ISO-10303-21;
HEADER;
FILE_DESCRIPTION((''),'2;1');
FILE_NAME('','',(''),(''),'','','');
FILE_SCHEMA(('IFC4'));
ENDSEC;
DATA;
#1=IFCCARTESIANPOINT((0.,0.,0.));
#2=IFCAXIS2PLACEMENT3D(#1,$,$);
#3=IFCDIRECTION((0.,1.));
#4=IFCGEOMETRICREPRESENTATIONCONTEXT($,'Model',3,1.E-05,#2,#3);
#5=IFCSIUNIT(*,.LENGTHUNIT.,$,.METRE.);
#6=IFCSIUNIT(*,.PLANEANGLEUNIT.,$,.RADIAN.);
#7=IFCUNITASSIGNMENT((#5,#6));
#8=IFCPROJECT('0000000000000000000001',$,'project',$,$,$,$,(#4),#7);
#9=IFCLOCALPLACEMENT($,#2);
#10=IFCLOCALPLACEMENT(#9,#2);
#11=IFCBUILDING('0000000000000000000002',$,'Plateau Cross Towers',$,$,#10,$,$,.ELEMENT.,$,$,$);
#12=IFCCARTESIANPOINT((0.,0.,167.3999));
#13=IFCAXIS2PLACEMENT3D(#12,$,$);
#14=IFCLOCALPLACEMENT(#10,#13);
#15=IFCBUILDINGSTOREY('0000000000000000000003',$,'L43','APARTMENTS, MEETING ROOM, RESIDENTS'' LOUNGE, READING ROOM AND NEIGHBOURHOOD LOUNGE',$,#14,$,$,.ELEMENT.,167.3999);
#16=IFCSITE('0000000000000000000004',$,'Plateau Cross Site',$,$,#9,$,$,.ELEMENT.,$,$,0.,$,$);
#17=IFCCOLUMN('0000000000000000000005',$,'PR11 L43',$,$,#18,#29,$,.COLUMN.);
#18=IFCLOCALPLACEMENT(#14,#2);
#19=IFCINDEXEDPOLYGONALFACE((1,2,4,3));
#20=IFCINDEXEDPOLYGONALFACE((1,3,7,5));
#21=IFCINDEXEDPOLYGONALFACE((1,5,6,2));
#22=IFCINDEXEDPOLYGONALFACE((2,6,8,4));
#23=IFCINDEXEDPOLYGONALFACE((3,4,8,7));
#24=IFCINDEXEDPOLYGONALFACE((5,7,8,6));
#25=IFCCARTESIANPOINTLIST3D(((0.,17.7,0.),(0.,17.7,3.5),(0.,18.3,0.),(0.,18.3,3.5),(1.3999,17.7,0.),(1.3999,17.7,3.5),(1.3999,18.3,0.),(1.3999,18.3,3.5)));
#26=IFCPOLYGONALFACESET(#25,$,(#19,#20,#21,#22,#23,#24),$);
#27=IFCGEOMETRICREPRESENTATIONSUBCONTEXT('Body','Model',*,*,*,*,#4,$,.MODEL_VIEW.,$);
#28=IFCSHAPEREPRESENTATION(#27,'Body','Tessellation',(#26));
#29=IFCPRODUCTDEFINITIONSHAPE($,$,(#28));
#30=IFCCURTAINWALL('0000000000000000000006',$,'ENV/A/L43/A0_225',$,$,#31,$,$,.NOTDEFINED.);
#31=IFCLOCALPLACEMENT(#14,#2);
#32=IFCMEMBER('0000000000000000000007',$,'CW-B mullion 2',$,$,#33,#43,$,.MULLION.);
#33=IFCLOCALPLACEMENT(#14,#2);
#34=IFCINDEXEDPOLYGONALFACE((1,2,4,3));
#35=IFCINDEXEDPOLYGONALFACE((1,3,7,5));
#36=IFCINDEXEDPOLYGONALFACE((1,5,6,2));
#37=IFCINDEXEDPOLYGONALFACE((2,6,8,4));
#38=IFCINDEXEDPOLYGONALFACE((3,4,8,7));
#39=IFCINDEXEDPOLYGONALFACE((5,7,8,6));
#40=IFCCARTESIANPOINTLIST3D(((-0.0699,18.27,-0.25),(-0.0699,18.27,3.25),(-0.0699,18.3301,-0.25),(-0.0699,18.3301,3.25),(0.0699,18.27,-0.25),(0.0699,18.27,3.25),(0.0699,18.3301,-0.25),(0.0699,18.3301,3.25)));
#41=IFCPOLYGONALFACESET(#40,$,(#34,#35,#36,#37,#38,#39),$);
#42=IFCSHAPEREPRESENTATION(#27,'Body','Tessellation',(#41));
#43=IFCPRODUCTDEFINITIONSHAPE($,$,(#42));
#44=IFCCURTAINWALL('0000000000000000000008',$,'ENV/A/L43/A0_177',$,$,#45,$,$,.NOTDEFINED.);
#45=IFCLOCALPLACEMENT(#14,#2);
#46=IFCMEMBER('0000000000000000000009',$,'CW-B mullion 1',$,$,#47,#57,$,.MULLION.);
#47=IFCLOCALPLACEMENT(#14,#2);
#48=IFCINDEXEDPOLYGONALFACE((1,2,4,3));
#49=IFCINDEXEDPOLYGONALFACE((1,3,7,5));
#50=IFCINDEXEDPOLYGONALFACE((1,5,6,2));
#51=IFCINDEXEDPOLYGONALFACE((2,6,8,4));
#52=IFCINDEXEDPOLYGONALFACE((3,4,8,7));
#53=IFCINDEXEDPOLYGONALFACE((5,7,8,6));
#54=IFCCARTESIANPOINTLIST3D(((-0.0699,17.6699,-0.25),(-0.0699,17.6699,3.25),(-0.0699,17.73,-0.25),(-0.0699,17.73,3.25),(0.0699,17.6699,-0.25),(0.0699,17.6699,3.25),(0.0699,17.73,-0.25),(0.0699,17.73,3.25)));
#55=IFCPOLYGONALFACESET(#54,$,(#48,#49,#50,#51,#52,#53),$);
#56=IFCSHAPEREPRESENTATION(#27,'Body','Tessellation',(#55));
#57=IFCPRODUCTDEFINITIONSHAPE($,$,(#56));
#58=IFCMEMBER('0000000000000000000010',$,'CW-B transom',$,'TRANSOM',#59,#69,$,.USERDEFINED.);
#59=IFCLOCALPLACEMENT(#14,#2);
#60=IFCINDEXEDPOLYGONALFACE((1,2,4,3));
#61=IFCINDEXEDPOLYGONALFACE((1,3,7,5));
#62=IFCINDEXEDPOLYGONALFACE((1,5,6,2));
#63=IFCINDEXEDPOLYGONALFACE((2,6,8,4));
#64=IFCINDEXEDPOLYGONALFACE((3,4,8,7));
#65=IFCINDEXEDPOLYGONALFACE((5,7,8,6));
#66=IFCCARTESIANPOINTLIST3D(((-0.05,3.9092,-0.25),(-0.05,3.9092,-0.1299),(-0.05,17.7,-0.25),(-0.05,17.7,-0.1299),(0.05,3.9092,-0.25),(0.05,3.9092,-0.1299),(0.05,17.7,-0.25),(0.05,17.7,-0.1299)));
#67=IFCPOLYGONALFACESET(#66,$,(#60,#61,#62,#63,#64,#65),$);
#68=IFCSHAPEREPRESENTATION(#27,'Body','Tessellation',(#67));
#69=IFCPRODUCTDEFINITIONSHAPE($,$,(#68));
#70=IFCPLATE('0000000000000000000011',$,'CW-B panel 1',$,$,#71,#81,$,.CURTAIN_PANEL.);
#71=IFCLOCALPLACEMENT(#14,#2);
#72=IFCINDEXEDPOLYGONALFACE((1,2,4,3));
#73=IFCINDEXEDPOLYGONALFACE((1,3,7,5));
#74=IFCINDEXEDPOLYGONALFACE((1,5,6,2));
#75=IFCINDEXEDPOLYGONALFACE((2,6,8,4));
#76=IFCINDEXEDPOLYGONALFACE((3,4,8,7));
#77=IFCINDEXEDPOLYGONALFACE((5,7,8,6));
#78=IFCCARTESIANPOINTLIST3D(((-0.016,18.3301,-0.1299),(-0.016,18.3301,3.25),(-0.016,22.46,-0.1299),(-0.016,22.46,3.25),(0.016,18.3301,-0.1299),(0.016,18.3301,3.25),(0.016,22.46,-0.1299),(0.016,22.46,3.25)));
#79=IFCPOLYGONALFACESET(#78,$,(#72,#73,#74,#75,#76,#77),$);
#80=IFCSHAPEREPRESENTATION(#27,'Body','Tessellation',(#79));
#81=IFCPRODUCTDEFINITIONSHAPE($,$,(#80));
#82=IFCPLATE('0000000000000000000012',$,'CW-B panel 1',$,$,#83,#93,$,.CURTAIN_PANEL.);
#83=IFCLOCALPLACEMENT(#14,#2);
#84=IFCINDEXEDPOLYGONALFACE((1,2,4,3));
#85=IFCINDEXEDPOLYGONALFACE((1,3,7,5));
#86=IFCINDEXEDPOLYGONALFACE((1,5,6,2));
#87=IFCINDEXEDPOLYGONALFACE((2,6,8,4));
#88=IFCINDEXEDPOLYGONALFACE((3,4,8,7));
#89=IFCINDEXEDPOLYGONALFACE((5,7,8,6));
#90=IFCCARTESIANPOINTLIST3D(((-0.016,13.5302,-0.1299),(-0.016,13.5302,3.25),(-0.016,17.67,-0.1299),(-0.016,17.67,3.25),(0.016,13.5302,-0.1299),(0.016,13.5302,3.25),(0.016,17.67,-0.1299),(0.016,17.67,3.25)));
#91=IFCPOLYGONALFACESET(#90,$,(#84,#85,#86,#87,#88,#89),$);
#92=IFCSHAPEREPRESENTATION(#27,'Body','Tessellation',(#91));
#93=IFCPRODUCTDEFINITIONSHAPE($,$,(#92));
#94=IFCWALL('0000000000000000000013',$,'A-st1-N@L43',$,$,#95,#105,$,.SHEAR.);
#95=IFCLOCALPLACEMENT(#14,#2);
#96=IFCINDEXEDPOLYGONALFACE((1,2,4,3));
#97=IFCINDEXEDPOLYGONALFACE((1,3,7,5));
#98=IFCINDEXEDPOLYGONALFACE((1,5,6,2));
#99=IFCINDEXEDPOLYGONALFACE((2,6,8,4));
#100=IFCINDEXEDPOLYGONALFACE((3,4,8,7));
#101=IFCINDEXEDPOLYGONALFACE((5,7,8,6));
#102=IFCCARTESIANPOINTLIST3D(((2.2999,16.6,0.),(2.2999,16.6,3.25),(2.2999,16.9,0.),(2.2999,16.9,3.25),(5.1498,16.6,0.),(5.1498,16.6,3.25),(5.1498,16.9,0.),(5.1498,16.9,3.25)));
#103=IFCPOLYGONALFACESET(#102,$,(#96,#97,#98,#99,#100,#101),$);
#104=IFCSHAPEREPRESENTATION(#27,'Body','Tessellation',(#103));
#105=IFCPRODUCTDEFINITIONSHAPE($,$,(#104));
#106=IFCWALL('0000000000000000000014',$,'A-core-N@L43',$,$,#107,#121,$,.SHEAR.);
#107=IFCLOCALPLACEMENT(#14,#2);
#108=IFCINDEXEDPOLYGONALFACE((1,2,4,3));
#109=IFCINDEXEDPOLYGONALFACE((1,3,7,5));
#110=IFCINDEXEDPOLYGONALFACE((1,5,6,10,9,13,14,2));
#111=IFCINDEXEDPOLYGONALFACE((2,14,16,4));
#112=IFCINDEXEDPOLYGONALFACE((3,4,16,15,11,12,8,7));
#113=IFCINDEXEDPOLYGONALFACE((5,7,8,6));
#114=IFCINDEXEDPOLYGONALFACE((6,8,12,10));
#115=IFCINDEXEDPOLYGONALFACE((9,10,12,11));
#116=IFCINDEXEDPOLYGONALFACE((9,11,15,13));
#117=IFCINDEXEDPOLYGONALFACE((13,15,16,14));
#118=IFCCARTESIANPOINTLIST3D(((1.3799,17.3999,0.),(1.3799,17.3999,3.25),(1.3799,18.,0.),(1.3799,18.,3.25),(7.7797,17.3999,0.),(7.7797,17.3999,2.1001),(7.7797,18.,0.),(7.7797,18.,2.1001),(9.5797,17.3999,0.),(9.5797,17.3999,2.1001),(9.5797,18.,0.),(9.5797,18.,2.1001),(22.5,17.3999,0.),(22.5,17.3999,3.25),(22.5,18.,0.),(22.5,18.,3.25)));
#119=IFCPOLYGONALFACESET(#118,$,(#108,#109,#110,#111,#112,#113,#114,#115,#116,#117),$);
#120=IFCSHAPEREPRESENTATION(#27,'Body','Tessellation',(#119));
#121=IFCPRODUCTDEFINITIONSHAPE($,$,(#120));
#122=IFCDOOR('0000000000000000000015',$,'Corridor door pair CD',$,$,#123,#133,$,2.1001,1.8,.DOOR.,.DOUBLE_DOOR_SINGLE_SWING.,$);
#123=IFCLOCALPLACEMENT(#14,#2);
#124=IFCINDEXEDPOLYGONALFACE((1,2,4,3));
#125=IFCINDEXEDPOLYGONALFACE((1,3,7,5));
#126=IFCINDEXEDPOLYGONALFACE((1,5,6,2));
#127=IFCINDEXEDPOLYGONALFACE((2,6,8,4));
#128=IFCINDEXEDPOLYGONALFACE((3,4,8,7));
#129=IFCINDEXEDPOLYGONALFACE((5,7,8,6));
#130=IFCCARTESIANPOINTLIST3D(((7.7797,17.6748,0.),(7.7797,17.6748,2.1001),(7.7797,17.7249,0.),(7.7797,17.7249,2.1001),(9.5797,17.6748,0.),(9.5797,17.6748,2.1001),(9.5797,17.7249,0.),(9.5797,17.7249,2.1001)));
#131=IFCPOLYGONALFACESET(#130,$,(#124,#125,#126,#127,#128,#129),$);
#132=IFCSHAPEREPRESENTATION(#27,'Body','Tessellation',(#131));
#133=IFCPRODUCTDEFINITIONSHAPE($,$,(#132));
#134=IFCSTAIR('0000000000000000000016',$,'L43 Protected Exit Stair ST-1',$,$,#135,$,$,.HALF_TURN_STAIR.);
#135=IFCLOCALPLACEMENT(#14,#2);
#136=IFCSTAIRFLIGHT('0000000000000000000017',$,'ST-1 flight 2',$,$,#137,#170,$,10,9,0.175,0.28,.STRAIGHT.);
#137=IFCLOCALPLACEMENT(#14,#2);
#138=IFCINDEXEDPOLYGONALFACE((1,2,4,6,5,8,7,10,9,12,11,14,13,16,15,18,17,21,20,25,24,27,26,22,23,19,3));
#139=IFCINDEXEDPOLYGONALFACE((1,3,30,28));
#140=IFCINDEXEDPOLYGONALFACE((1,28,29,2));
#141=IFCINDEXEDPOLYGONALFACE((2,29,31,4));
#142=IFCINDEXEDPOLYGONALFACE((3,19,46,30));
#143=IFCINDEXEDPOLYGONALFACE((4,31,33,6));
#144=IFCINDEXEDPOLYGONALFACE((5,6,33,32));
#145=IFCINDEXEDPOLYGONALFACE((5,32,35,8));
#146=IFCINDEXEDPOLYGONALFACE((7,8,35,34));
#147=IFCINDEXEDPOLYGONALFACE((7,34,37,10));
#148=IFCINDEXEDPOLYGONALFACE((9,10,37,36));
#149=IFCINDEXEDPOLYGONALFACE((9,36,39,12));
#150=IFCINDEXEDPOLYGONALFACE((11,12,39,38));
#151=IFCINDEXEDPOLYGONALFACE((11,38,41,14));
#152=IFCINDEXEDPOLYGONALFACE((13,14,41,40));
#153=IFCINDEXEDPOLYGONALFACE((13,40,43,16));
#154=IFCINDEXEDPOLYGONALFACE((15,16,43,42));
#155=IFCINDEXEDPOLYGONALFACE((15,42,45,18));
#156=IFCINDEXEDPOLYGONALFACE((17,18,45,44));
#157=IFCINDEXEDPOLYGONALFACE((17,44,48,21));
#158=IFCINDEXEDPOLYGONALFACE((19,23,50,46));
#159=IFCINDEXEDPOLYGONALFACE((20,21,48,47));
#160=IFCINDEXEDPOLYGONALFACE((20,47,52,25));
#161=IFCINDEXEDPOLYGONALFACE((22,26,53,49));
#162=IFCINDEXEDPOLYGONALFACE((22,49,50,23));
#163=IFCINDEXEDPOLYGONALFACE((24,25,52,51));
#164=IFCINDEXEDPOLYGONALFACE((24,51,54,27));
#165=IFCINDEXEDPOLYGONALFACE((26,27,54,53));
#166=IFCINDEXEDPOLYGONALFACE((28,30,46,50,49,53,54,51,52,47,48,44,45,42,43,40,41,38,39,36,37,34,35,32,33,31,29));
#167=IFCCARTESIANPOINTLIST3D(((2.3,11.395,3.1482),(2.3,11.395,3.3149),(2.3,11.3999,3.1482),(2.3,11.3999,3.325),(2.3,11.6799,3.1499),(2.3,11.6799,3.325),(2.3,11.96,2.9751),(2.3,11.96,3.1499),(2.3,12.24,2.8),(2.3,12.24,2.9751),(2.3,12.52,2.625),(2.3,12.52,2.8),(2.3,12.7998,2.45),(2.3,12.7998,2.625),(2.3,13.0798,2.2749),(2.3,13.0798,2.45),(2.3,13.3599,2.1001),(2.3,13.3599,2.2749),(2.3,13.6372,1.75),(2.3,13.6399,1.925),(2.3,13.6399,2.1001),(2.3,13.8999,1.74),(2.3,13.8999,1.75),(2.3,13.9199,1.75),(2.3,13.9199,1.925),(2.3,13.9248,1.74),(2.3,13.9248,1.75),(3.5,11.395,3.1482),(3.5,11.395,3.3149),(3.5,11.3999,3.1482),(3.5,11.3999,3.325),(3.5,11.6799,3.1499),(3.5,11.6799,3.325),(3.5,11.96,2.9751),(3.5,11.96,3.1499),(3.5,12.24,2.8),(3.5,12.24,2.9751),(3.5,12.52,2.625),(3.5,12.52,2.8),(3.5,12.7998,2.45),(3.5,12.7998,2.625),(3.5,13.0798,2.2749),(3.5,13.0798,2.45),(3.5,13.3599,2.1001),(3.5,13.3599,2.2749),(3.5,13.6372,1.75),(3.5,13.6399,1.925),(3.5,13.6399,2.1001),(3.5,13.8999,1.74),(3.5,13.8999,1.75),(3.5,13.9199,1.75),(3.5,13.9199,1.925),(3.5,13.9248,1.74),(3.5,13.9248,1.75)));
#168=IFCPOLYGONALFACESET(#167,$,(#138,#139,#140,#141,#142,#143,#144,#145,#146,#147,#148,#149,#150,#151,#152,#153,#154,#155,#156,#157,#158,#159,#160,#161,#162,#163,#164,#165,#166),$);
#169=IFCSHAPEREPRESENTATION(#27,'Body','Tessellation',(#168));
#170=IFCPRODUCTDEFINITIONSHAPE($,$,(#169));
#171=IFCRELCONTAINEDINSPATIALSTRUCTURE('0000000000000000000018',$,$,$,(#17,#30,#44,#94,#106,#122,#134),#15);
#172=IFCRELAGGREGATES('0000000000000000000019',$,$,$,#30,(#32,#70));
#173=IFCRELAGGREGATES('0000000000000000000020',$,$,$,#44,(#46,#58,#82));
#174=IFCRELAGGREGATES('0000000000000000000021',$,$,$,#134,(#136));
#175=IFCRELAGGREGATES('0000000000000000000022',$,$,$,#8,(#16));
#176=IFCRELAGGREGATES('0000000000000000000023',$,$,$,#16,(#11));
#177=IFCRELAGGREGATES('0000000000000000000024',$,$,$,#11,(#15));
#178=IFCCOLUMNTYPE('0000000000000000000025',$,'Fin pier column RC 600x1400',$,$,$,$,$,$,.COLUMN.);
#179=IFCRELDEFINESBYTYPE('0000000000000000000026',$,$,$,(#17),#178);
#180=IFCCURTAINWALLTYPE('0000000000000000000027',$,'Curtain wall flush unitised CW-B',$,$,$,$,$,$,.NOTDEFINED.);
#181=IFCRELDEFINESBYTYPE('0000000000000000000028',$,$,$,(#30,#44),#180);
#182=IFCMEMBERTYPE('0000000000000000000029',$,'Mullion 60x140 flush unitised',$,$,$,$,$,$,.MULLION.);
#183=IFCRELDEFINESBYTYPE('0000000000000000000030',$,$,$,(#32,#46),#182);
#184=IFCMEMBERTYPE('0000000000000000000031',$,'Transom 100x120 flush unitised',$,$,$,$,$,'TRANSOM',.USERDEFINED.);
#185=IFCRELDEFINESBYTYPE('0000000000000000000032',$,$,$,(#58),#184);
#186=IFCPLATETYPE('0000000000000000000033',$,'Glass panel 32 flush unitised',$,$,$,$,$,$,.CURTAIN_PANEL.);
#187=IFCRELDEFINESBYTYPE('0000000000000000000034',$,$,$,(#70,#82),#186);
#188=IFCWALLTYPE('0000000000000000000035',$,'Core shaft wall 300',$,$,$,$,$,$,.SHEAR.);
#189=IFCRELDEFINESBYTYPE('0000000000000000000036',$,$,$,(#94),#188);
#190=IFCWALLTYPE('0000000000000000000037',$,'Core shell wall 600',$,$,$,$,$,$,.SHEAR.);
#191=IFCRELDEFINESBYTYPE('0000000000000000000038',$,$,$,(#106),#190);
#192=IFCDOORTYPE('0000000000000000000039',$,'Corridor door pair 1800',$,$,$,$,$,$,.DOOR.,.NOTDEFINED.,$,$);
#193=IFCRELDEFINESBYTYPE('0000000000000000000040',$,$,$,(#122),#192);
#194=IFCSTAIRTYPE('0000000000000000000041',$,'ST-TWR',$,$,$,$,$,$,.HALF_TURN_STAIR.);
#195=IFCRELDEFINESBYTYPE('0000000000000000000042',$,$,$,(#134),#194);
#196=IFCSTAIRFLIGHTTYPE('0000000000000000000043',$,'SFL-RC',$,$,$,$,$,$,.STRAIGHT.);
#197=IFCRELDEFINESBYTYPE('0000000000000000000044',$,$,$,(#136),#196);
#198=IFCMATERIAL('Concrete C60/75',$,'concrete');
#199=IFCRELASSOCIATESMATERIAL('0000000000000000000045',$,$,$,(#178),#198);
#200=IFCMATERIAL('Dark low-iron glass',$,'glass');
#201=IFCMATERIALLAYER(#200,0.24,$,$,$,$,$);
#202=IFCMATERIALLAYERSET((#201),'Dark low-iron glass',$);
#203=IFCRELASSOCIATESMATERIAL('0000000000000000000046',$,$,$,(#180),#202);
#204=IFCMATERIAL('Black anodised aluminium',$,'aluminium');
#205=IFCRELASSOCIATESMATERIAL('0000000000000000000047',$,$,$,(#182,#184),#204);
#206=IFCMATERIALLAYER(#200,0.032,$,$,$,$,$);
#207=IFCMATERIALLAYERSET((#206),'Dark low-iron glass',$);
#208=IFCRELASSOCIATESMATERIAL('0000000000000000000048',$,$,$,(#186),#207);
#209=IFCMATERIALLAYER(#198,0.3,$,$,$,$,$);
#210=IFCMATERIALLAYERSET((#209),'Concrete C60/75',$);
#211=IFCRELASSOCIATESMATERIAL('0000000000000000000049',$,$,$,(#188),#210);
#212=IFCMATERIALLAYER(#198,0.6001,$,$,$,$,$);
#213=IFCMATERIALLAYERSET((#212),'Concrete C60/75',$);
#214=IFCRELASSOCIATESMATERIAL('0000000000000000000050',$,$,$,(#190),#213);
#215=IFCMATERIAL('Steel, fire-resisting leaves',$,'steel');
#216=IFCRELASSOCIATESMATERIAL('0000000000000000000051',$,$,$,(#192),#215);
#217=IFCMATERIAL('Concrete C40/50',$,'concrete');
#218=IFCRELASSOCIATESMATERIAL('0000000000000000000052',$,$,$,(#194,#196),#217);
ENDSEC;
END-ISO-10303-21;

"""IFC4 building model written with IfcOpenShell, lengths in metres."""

from ifc_helpers import new_model, si_unit, direction, frame, frame_2d, origin, origin_2d, place, context, subcontext, project, spatial, polyline, rectangle, outline, extrude, material, layer, layer_set, material_profile, profile_set, type_object, element, fill, aggregate, save


model = new_model("IFC4")

# Units and contexts
model_context = context("Model", 3, precision=1e-05, world=origin(), true_north=direction((0.0, 1.0)))
body_context = subcontext(model_context, "Body", "Model", "MODEL_VIEW")
ifc_project = project(units=[si_unit("LENGTHUNIT", "METRE"), si_unit("PLANEANGLEUNIT", "RADIAN")], contexts=[model_context])

# Site, building, storey
site_placement = place(None, origin())
site = spatial("IfcSite", under=ifc_project, at=site_placement, Name="Plateau Cross Site", CompositionType="ELEMENT", RefElevation=0.0)
building_placement = place(site_placement, origin())
building = spatial("IfcBuilding", under=site, at=building_placement, Name="Plateau Cross Towers", CompositionType="ELEMENT")
storey_placement = place(building_placement, frame((0.0, 0.0, 167.3999)))
storey = spatial("IfcBuildingStorey", under=building, at=storey_placement, Name="L43", Description="APARTMENTS, MEETING ROOM, RESIDENTS' LOUNGE, READING ROOM AND NEIGHBOURHOOD LOUNGE", CompositionType="ELEMENT", Elevation=167.3999)

# Column
ifc_material_1 = material(Name="Concrete C60/75", Category="concrete")
ifc_material_profile_1 = material_profile(ifc_material_1, rectangle(XDim=0.6001, YDim=1.3999, at=origin_2d()), Name="RC 600x1400")
ifc_profile_set_1 = profile_set([ifc_material_profile_1], Name="Concrete C60/75")
column_type = type_object("IfcColumnType", Name="Fin pier column RC 600x1400", PredefinedType="COLUMN", material=ifc_profile_set_1)
column_placement = place(storey_placement, frame((0.7, 18.0, 0.0), z_axis=(0.0, 0.0, 1.0), x_axis=(0.0, 1.0, 0.0)))
element("IfcColumn", 1, at=column_placement, inside=storey, type_object=column_type, Name="PR11 L43", PredefinedType="COLUMN", context=body_context, shape_type="SweptSolid", body=[
    extrude(rectangle(XDim=0.6001, YDim=1.3999, at=origin_2d()), origin(), (0.0, 0.0, 1.0), 3.5),
])

# Curtain wall, member
ifc_material_2 = material(Name="Dark low-iron glass", Category="glass")
ifc_layer_1 = layer(ifc_material_2, 0.24)
ifc_layer_set_1 = layer_set([ifc_layer_1], Name="Dark low-iron glass")
curtain_wall_type = type_object("IfcCurtainWallType", Name="Curtain wall flush unitised CW-B", PredefinedType="NOTDEFINED", material=ifc_layer_set_1)
curtain_wall_1_placement = place(storey_placement, origin())
curtain_wall_1 = element("IfcCurtainWall", 2, at=curtain_wall_1_placement, inside=storey, type_object=curtain_wall_type, Name="ENV/A/L43/A0_225", PredefinedType="NOTDEFINED")
ifc_material_3 = material(Name="Black anodised aluminium", Category="aluminium")
ifc_material_profile_2 = material_profile(ifc_material_3, rectangle(XDim=0.0601, YDim=0.1399, at=origin_2d()), Name="MULLION 60x140")
ifc_profile_set_2 = profile_set([ifc_material_profile_2], Name="Black anodised aluminium")
member_type_1 = type_object("IfcMemberType", Name="Mullion 60x140 flush unitised", PredefinedType="MULLION", material=ifc_profile_set_2)
member_1_placement = place(storey_placement, frame((0.0, 18.3, -0.25), z_axis=(0.0, 0.0, 1.0), x_axis=(0.0, -1.0, 0.0)))
member_1 = element("IfcMember", 3, at=member_1_placement, type_object=member_type_1, Name="CW-B mullion 2", PredefinedType="MULLION", context=body_context, shape_type="SweptSolid", body=[
    extrude(rectangle(XDim=0.0601, YDim=0.1399, at=origin_2d()), origin(), (0.0, 0.0, 1.0), 3.5),
])

# Curtain wall, members
curtain_wall_2_placement = place(storey_placement, origin())
curtain_wall_2 = element("IfcCurtainWall", 4, at=curtain_wall_2_placement, inside=storey, type_object=curtain_wall_type, Name="ENV/A/L43/A0_177", PredefinedType="NOTDEFINED")
member_2_placement = place(storey_placement, frame((0.0, 17.7, -0.25), z_axis=(0.0, 0.0, 1.0), x_axis=(0.0, -1.0, 0.0)))
member_2 = element("IfcMember", 5, at=member_2_placement, type_object=member_type_1, Name="CW-B mullion 1", PredefinedType="MULLION", context=body_context, shape_type="SweptSolid", body=[
    extrude(rectangle(XDim=0.0601, YDim=0.1399, at=origin_2d()), origin(), (0.0, 0.0, 1.0), 3.5),
])
ifc_material_profile_3 = material_profile(ifc_material_3, rectangle(XDim=0.1001, YDim=0.1201, at=origin_2d()), Name="TRANSOM 100x120")
ifc_profile_set_3 = profile_set([ifc_material_profile_3], Name="Black anodised aluminium")
member_type_2 = type_object("IfcMemberType", Name="Transom 100x120 flush unitised", ElementType="TRANSOM", PredefinedType="USERDEFINED", material=ifc_profile_set_3)
member_3_placement = place(storey_placement, frame((0.0, 17.7, -0.1899), z_axis=(0.0, -1.0, 0.0), x_axis=(1.0, 0.0, 0.0)))
member_3 = element("IfcMember", 6, at=member_3_placement, type_object=member_type_2, Name="CW-B transom", ObjectType="TRANSOM", PredefinedType="USERDEFINED", context=body_context, shape_type="SweptSolid", body=[
    extrude(rectangle(XDim=0.1001, YDim=0.1201, at=origin_2d()), origin(), (0.0, 0.0, 1.0), 13.7908),
])

# Plates
ifc_layer_2 = layer(ifc_material_2, 0.032)
ifc_layer_set_2 = layer_set([ifc_layer_2], Name="Dark low-iron glass")
plate_type = type_object("IfcPlateType", Name="Glass panel 32 flush unitised", PredefinedType="CURTAIN_PANEL", material=ifc_layer_set_2)
plate_1_placement = place(storey_placement, frame((0.0, 20.395, -0.1299), z_axis=(0.0, 0.0, 1.0), x_axis=(0.0, -1.0, 0.0)))
plate_1 = element("IfcPlate", 7, at=plate_1_placement, type_object=plate_type, Name="CW-B panel 1", PredefinedType="CURTAIN_PANEL", context=body_context, shape_type="SweptSolid", body=[
    extrude(rectangle(XDim=4.1299, YDim=0.032, at=origin_2d()), origin(), (0.0, 0.0, 1.0), 3.3799),
])
aggregate(curtain_wall_1, [member_1, plate_1])
plate_2_placement = place(storey_placement, frame((0.0, 15.6001, -0.1299), z_axis=(0.0, 0.0, 1.0), x_axis=(0.0, -1.0, 0.0)))
plate_2 = element("IfcPlate", 8, at=plate_2_placement, type_object=plate_type, Name="CW-B panel 1", PredefinedType="CURTAIN_PANEL", context=body_context, shape_type="SweptSolid", body=[
    extrude(rectangle(XDim=4.1399, YDim=0.032, at=origin_2d()), origin(), (0.0, 0.0, 1.0), 3.3799),
])
aggregate(curtain_wall_2, [member_2, member_3, plate_2])

# Wall
ifc_layer_3 = layer(ifc_material_1, 0.3)
ifc_layer_set_3 = layer_set([ifc_layer_3], Name="Concrete C60/75")
wall_type_1 = type_object("IfcWallType", Name="Core shaft wall 300", PredefinedType="SHEAR", material=ifc_layer_set_3)
wall_1_placement = place(storey_placement, frame((2.3, 16.75, 0.0), z_axis=(0.0, 0.0, 1.0), x_axis=(1.0, 0.0, 0.0)))
element("IfcWall", 9, at=wall_1_placement, inside=storey, type_object=wall_type_1, Name="A-st1-N@L43", PredefinedType="SHEAR", context=body_context, shape_type="SweptSolid", body=[
    extrude(rectangle(XDim=2.8499, YDim=0.3, at=frame_2d((1.4248, 0.0))), origin(), (0.0, 0.0, 1.0), 3.25),
])

# Wall, opening, door
ifc_layer_4 = layer(ifc_material_1, 0.6001)
ifc_layer_set_4 = layer_set([ifc_layer_4], Name="Concrete C60/75")
wall_type_2 = type_object("IfcWallType", Name="Core shell wall 600", PredefinedType="SHEAR", material=ifc_layer_set_4)
wall_2_placement = place(storey_placement, frame((1.3799, 17.7, 0.0), z_axis=(0.0, 0.0, 1.0), x_axis=(1.0, 0.0, 0.0)))
wall_2 = element("IfcWall", 10, at=wall_2_placement, inside=storey, type_object=wall_type_2, Name="A-core-N@L43", PredefinedType="SHEAR", context=body_context, shape_type="SweptSolid", body=[
    extrude(rectangle(XDim=21.1201, YDim=0.6001, at=frame_2d((10.5601, 0.0))), origin(), (0.0, 0.0, 1.0), 3.25),
])
opening_placement = place(wall_2_placement, frame((6.3999, 0.0, 0.0)))
opening = element("IfcOpeningElement", 11, at=opening_placement, cuts=wall_2, PredefinedType="OPENING", context=body_context, shape_type="SweptSolid", body=[
    extrude(rectangle(XDim=1.8, YDim=2.1001, at=frame_2d((0.8999, 1.05))), frame((0.0, 0.3101, 0.0), z_axis=(0.0, -1.0, 0.0), x_axis=(1.0, 0.0, 0.0)), (0.0, 0.0, 1.0), 0.6201),
])
ifc_material_4 = material(Name="Steel, fire-resisting leaves", Category="steel")
door_type = type_object("IfcDoorType", Name="Corridor door pair 1800", OperationType="NOTDEFINED", PredefinedType="DOOR", material=ifc_material_4)
door_placement = place(opening_placement, origin())
door = element("IfcDoor", 12, at=door_placement, inside=storey, type_object=door_type, Name="Corridor door pair CD", OperationType="DOUBLE_DOOR_SINGLE_SWING", OverallHeight=2.1001, OverallWidth=1.8, PredefinedType="DOOR", context=body_context, shape_type="SweptSolid", body=[
    extrude(rectangle(XDim=1.8, YDim=2.1001, at=frame_2d((0.8999, 1.05))), frame((0.0, 0.0249, 0.0), z_axis=(0.0, -1.0, 0.0), x_axis=(1.0, 0.0, 0.0)), (0.0, 0.0, 1.0), 0.05),
])
fill(opening, door)

# Stair, stair flight
ifc_material_5 = material(Name="Concrete C40/50", Category="concrete")
stair_type = type_object("IfcStairType", Name="ST-TWR", PredefinedType="HALF_TURN_STAIR", material=ifc_material_5)
stair_placement = place(storey_placement, origin())
stair = element("IfcStair", 13, at=stair_placement, inside=storey, type_object=stair_type, Name="L43 Protected Exit Stair ST-1", PredefinedType="HALF_TURN_STAIR")
stair_flight_type = type_object("IfcStairFlightType", Name="SFL-RC", PredefinedType="STRAIGHT", material=ifc_material_5)
stair_flight_placement = place(storey_placement, frame((2.8999, 13.9199, 1.75), z_axis=(0.0, 0.0, 1.0), x_axis=(0.0, -1.0, 0.0)))
stair_flight = element("IfcStairFlight", 14, at=stair_flight_placement, type_object=stair_flight_type, Name="ST-1 flight 2", NumberOfRisers=10, NumberOfTreads=9, PredefinedType="STRAIGHT", RiserHeight=0.175, TreadLength=0.28, context=body_context, shape_type="SweptSolid", body=[
    extrude(outline(polyline([(-0.0049, -0.01), (-0.0049, 0.0), (0.0, 0.0), (0.0, 0.175), (0.28, 0.175), (0.28, 0.3501), (0.5601, 0.3501), (0.5601, 0.5249), (0.8401, 0.5249), (0.8401, 0.7), (1.1201, 0.7), (1.1201, 0.875), (1.3999, 0.875), (1.3999, 1.05), (1.6799, 1.05), (1.6799, 1.2251), (1.96, 1.2251), (1.96, 1.3999), (2.24, 1.3999), (2.24, 1.575), (2.52, 1.575), (2.5249, 1.5649), (2.5249, 1.3982), (2.52, 1.3982), (0.2827, 0.0), (0.02, 0.0), (0.02, -0.01), (-0.0049, -0.01)])), frame((0.0, 0.6001, 0.0), z_axis=(0.0, -1.0, 0.0), x_axis=(1.0, 0.0, 0.0)), (0.0, 0.0, 1.0), 1.2),
])
aggregate(stair, [stair_flight])

save(model, "model.ifc")
